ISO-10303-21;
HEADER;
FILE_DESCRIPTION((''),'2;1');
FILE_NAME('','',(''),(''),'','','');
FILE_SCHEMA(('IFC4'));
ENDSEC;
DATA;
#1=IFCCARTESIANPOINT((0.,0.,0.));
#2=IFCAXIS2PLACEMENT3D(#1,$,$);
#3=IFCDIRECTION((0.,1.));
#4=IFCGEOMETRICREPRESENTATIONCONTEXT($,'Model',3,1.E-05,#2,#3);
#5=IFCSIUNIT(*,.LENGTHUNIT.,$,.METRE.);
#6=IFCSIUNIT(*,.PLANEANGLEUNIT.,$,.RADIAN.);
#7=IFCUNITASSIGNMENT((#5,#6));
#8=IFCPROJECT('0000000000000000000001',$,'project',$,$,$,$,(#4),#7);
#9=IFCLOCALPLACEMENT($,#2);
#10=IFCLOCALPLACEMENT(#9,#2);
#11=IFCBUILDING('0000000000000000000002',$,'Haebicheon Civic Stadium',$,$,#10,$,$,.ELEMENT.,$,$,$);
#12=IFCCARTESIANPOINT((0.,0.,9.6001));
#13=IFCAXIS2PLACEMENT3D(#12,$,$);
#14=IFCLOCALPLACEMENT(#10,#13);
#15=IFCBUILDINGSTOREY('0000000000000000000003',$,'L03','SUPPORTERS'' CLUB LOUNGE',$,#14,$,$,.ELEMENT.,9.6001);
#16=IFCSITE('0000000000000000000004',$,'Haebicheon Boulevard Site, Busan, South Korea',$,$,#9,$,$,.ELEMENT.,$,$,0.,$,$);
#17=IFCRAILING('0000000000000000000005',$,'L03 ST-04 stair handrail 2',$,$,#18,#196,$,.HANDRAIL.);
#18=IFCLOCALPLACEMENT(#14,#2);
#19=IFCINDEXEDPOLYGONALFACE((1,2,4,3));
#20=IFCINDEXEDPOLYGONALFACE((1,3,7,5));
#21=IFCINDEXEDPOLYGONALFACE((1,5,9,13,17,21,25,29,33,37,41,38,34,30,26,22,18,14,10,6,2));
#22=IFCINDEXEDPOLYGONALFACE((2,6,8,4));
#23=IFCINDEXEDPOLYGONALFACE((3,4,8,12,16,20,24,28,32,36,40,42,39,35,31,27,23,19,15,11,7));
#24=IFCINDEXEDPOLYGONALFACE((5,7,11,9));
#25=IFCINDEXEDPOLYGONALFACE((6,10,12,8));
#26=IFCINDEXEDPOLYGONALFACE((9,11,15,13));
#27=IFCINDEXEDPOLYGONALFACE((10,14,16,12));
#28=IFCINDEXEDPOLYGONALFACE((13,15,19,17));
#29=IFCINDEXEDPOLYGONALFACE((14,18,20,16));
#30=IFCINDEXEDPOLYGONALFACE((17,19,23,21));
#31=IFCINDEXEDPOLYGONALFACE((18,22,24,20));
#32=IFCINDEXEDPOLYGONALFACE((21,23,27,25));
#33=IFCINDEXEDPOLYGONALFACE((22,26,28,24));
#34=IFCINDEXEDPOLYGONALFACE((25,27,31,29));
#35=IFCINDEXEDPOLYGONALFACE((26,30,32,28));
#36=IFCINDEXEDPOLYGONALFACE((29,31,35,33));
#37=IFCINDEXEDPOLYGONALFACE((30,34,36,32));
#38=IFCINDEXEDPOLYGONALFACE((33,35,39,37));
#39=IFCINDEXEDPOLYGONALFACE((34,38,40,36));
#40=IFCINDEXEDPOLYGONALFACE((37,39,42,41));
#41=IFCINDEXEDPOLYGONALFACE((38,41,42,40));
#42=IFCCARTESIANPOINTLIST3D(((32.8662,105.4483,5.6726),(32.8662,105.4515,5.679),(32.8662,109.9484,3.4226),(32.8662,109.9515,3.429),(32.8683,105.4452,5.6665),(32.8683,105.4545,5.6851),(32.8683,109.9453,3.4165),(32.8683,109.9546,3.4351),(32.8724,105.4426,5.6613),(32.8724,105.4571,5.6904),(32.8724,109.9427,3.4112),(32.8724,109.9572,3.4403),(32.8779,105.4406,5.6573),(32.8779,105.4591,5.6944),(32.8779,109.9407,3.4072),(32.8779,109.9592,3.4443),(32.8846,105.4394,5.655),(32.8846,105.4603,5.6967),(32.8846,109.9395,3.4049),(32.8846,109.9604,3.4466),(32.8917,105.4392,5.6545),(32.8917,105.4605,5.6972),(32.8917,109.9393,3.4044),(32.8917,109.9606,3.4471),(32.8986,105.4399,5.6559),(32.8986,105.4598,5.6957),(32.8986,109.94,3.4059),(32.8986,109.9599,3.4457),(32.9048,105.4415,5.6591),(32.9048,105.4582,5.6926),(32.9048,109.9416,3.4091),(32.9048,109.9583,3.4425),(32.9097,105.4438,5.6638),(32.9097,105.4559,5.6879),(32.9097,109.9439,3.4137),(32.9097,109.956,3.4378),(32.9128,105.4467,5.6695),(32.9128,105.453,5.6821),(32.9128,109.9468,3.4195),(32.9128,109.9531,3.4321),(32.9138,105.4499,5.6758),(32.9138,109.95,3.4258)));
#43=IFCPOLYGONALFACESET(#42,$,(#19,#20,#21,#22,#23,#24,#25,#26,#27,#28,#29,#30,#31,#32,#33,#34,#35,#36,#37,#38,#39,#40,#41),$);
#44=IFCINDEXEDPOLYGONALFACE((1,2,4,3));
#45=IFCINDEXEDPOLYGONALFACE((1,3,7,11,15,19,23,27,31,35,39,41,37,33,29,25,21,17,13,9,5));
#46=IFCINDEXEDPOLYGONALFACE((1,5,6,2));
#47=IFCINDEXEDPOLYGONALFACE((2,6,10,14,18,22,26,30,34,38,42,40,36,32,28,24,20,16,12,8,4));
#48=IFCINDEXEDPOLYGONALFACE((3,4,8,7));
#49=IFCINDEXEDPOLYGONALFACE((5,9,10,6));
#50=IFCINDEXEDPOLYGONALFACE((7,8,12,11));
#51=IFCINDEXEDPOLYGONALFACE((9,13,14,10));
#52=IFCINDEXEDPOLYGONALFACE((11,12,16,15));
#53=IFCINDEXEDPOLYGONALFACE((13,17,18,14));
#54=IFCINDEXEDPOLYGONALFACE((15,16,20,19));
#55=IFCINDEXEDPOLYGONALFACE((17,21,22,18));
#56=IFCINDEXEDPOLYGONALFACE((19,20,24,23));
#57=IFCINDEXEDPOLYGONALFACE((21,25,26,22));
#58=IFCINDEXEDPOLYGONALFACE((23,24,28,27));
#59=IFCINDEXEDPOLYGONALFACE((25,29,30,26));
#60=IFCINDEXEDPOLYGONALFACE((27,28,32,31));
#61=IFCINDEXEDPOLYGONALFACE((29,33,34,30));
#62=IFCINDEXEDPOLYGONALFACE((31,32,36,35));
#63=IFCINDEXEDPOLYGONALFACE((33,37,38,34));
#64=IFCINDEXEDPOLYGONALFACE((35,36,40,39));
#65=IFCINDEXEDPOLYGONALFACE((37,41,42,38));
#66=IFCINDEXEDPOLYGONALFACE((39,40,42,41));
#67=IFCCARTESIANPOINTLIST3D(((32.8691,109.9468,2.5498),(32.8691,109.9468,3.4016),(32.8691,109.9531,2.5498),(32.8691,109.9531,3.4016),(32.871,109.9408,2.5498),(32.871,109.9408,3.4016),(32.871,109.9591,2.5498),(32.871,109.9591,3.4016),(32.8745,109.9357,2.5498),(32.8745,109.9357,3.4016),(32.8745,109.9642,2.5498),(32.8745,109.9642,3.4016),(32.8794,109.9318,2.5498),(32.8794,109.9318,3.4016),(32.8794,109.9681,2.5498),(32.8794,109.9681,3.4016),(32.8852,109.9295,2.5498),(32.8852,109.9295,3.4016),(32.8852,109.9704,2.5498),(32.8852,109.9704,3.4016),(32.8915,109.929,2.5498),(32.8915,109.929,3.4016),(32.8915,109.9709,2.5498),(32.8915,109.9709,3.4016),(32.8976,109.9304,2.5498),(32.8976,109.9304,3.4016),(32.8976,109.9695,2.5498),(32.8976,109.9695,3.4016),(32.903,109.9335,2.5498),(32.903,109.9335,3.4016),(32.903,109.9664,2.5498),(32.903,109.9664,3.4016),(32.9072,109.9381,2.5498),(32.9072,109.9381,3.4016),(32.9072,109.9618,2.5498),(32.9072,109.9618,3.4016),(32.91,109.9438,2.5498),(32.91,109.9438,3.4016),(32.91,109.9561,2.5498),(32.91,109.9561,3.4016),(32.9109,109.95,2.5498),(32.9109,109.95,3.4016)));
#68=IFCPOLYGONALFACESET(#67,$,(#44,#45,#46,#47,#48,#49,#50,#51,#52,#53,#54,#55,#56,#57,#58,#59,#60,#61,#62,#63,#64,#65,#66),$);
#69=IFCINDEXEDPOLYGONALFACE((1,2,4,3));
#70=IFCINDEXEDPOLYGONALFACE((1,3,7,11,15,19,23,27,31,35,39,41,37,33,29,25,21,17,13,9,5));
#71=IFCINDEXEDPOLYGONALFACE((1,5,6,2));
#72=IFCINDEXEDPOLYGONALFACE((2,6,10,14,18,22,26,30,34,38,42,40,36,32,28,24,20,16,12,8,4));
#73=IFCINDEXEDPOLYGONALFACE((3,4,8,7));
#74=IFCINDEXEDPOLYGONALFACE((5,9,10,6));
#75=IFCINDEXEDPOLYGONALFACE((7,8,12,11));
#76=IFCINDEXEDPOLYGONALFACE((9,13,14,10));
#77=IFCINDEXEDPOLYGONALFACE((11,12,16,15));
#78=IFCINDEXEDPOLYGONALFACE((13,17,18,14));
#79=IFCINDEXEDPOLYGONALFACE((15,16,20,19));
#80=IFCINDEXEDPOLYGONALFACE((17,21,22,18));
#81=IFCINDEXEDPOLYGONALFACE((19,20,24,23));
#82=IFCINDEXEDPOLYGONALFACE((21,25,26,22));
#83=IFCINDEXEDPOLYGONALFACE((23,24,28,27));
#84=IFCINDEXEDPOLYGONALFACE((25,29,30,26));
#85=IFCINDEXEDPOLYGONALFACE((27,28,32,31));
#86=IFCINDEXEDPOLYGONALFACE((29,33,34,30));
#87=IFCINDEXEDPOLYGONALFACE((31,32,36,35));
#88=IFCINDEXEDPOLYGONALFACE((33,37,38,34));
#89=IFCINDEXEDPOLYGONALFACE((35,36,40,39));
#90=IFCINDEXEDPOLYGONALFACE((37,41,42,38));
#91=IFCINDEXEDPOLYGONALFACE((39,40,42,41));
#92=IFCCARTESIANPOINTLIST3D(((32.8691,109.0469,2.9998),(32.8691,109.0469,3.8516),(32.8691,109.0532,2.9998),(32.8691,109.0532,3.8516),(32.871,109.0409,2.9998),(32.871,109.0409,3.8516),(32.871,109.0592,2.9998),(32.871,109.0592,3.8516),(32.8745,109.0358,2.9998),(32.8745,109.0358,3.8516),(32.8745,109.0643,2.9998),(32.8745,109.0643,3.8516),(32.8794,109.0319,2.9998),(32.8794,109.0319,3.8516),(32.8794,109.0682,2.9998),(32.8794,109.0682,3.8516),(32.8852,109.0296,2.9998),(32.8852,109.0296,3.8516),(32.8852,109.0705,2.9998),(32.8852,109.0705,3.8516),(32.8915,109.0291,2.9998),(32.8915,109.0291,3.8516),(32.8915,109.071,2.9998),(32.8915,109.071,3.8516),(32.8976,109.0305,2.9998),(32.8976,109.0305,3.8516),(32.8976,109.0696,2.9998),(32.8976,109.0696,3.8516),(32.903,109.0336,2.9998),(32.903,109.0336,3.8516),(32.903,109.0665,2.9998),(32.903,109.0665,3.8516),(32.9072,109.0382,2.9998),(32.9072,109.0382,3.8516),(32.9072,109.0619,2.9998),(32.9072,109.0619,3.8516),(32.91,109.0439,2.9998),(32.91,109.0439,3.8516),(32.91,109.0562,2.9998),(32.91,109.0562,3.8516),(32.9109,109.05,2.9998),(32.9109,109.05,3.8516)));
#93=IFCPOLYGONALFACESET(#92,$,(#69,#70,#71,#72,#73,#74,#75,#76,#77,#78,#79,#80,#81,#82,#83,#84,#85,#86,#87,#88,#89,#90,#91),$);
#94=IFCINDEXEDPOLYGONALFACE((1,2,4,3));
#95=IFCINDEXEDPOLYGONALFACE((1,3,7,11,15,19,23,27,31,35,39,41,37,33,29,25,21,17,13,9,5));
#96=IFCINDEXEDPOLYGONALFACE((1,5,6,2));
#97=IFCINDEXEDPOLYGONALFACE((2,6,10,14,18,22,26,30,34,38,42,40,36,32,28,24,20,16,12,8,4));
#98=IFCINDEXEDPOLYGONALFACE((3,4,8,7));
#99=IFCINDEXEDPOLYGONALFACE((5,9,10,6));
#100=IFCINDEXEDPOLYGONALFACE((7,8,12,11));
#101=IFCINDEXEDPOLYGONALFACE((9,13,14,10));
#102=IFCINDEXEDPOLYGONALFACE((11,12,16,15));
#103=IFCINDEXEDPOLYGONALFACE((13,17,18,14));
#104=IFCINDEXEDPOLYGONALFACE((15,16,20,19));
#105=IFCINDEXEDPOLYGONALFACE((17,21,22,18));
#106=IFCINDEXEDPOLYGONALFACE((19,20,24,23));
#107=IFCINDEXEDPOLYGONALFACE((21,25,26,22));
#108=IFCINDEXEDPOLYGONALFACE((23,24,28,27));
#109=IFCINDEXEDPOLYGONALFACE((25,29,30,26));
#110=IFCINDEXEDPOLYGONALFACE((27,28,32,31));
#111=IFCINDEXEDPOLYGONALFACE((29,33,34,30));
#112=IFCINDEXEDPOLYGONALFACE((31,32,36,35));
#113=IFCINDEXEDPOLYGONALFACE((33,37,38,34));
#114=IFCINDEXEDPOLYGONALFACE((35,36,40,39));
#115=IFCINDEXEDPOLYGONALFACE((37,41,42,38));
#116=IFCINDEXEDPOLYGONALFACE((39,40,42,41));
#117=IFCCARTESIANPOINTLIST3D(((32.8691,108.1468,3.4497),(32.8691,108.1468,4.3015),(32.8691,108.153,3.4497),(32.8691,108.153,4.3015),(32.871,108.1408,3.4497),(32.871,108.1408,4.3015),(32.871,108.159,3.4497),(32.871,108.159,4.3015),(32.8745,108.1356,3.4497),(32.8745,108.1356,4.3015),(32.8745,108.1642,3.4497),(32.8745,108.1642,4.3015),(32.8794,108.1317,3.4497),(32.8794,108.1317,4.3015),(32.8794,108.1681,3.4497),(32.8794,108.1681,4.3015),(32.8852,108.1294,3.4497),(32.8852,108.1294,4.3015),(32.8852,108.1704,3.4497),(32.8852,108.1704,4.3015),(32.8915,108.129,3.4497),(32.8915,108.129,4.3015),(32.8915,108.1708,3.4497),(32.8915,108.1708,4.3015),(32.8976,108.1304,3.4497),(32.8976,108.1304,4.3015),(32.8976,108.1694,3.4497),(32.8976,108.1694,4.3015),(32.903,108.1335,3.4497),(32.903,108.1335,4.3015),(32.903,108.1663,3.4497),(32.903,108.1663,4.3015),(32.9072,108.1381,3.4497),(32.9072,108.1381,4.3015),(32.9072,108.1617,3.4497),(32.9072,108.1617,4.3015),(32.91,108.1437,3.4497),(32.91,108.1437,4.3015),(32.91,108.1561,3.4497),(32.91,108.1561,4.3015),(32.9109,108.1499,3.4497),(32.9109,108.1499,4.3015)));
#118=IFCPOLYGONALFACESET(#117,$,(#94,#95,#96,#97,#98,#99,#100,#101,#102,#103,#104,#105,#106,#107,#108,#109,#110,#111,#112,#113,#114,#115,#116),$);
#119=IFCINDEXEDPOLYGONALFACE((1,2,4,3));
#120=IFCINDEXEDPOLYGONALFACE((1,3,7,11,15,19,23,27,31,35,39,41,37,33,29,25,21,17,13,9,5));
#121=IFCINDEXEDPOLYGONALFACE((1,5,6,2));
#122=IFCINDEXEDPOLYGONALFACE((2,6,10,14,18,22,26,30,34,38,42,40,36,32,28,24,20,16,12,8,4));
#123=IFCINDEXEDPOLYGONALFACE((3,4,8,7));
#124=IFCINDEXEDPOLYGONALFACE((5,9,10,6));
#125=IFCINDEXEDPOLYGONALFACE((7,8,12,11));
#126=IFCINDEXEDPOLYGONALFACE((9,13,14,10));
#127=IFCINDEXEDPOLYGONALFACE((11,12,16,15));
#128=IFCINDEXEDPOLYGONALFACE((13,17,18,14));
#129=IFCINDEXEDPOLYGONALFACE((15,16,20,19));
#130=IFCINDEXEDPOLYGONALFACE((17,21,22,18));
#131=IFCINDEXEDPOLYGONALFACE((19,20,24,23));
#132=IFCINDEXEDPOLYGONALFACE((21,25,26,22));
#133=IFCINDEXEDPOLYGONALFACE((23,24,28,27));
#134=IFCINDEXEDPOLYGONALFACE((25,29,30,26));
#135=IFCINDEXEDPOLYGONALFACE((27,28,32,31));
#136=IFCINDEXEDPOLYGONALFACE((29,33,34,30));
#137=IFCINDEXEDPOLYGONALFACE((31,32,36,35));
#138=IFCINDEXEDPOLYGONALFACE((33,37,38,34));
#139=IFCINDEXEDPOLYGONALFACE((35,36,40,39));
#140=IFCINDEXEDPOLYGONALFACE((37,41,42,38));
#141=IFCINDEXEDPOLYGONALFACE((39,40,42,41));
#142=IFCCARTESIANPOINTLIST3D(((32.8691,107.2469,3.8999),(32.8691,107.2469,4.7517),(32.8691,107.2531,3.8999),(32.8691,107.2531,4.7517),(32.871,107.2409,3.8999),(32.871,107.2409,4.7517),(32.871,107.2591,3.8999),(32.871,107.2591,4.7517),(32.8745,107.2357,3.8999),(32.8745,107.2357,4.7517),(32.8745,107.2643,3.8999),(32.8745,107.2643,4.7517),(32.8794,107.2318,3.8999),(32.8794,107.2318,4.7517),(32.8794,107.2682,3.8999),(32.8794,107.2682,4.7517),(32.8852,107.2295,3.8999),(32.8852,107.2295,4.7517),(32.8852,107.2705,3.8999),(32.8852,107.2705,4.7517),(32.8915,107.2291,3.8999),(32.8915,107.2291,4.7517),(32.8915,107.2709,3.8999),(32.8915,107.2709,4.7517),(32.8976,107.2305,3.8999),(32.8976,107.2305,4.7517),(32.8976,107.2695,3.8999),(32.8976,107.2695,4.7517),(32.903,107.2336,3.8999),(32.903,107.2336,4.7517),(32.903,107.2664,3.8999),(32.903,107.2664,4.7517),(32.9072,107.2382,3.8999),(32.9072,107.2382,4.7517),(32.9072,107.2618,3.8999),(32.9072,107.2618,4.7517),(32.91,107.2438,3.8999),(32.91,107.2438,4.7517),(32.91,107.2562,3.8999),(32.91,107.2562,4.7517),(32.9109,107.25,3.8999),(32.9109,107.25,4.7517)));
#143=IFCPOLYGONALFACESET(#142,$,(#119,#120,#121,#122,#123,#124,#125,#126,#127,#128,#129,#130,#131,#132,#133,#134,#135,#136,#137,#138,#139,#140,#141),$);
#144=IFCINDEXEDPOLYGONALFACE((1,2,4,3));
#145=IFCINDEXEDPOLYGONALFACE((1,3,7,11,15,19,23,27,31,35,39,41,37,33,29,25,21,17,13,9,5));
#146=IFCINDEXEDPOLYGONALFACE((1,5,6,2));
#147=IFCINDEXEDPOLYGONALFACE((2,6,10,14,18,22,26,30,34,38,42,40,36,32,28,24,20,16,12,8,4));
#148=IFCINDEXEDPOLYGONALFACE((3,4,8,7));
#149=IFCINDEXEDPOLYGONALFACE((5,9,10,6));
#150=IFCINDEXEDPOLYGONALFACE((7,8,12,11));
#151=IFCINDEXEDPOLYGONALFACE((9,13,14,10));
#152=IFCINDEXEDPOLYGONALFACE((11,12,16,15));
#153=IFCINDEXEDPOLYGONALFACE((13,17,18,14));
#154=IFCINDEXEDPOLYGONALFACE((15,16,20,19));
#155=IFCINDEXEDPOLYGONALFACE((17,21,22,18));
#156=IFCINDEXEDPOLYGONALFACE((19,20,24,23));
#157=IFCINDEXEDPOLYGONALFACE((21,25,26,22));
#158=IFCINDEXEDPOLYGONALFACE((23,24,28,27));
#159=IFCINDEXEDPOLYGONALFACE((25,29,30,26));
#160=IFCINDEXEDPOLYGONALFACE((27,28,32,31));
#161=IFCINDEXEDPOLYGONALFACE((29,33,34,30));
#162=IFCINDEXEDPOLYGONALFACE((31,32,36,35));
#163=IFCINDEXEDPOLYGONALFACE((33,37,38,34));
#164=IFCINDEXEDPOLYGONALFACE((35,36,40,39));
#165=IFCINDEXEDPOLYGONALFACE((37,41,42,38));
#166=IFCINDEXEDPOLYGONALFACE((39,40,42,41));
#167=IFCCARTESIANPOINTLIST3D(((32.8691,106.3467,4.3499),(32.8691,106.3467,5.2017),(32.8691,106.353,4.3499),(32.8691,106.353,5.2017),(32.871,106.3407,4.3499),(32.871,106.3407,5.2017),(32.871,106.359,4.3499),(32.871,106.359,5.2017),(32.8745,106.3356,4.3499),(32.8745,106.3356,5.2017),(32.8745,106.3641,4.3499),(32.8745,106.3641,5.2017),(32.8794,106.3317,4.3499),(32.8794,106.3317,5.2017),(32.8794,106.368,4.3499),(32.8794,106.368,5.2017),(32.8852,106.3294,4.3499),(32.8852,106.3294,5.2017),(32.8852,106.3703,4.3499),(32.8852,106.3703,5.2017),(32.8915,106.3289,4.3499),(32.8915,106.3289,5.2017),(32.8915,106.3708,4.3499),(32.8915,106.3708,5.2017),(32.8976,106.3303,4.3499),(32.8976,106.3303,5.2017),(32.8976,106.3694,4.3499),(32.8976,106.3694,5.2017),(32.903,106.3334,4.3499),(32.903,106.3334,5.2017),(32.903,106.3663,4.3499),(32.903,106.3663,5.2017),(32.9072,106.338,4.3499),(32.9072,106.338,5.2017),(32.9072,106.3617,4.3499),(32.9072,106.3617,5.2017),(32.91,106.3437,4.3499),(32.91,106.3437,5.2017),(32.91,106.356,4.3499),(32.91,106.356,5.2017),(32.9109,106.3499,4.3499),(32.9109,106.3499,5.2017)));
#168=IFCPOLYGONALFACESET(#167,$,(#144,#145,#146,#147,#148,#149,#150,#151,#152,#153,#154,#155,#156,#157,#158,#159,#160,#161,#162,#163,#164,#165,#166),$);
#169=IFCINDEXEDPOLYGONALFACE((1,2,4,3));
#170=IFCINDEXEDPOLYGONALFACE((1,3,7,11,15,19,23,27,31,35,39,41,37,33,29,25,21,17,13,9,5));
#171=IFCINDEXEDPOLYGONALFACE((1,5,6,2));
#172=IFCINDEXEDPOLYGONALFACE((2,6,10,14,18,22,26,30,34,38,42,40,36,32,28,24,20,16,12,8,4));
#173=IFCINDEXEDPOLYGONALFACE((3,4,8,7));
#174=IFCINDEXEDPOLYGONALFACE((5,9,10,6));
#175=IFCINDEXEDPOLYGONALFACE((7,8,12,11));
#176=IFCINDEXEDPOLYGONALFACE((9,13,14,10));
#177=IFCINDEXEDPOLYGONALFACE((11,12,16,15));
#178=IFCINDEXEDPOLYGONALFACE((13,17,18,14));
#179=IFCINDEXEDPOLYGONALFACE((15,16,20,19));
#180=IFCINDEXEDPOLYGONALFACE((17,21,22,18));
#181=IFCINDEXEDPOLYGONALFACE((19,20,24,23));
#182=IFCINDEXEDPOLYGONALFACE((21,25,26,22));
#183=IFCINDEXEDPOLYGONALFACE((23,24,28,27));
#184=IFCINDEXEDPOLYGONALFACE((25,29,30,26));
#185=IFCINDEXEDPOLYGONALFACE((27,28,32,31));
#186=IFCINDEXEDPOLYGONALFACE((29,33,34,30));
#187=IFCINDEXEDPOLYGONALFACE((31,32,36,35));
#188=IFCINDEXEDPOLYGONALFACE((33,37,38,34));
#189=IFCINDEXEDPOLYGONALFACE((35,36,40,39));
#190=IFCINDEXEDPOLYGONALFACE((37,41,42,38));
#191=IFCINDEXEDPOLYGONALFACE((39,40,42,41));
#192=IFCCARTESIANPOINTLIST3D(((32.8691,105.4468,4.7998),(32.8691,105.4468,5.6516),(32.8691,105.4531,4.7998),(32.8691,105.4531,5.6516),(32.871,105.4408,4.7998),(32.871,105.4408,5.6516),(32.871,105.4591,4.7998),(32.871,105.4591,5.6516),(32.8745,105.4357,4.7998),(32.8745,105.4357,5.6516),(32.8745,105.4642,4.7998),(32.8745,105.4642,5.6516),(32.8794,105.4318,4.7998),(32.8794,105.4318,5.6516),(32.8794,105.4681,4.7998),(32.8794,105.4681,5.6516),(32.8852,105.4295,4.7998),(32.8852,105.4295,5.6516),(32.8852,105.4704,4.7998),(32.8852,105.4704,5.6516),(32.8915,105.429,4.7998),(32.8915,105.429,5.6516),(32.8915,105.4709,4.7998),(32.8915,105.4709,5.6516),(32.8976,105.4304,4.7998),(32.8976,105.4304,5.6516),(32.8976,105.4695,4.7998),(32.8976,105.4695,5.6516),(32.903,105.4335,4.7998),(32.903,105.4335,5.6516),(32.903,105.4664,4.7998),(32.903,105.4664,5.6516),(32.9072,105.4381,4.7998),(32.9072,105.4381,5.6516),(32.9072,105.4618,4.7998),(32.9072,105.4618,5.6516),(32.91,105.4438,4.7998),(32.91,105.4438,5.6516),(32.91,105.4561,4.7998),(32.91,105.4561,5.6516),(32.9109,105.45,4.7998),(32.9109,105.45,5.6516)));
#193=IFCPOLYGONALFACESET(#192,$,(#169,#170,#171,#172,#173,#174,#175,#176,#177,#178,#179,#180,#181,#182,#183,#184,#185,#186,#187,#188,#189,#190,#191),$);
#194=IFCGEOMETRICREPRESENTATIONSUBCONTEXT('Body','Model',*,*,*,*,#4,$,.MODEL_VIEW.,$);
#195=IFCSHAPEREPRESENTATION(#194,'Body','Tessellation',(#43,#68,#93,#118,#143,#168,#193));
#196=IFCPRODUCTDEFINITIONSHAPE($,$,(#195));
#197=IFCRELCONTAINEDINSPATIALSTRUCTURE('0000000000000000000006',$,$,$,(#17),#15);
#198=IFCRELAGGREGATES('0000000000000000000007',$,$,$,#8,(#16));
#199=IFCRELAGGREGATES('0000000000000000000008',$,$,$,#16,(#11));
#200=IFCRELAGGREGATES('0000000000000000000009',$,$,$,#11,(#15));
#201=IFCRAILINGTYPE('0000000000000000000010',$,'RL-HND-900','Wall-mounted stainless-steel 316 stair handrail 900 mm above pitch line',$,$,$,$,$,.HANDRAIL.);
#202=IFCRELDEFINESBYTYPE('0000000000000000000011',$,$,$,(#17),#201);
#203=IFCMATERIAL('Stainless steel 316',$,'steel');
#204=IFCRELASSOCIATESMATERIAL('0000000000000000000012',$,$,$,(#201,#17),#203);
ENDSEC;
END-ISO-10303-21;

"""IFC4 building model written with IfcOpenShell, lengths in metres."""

from ifc_helpers import new_model, si_unit, direction, frame, origin, origin_2d, place, context, subcontext, project, spatial, circle, extrude, material, type_object, element, save


model = new_model("IFC4")

# Units and contexts
model_context = context("Model", 3, precision=1e-05, world=origin(), true_north=direction((0.0, 1.0)))
body_context = subcontext(model_context, "Body", "Model", "MODEL_VIEW")
ifc_project = project(units=[si_unit("LENGTHUNIT", "METRE"), si_unit("PLANEANGLEUNIT", "RADIAN")], contexts=[model_context])

# Site, building, storey
site_placement = place(None, origin())
site = spatial("IfcSite", under=ifc_project, at=site_placement, Name="Haebicheon Boulevard Site, Busan, South Korea", CompositionType="ELEMENT", RefElevation=0.0)
building_placement = place(site_placement, origin())
building = spatial("IfcBuilding", under=site, at=building_placement, Name="Haebicheon Civic Stadium", CompositionType="ELEMENT")
storey_placement = place(building_placement, frame((0.0, 0.0, 9.6001)))
storey = spatial("IfcBuildingStorey", under=building, at=storey_placement, Name="L03", Description="SUPPORTERS' CLUB LOUNGE", CompositionType="ELEMENT", Elevation=9.6001)

# Railing
ifc_material_1 = material(Name="Stainless steel 316", Category="steel")
railing_type_1 = type_object("IfcRailingType", Name="RL-HND-900", Description="Wall-mounted stainless-steel 316 stair handrail 900 mm above pitch line", PredefinedType="HANDRAIL", material=ifc_material_1)
railing_1_placement = place(storey_placement, frame((32.8899, 109.95, 2.5498)))
element("IfcRailing", 1, at=railing_1_placement, inside=storey, type_object=railing_type_1, material=ifc_material_1, Name="L03 ST-04 stair handrail 2", PredefinedType="HANDRAIL", context=body_context, shape_type="SweptSolid", body=[
    extrude(circle(Radius=0.0239, at=origin_2d()), frame((0.0, 0.0, 0.876), z_axis=(0.0, -0.894427, 0.447214), x_axis=(1.0, 0.0, 0.0)), (0.0, 0.0, 1.0), 5.0312),
    extrude(circle(Radius=0.021, at=origin_2d()), origin(), (0.0, 0.0, 1.0), 0.8518),
    extrude(circle(Radius=0.021, at=origin_2d()), frame((0.0, -0.8999, 0.45)), (0.0, 0.0, 1.0), 0.8518),
    extrude(circle(Radius=0.021, at=origin_2d()), frame((0.0, -1.8, 0.8999)), (0.0, 0.0, 1.0), 0.8518),
    extrude(circle(Radius=0.021, at=origin_2d()), frame((0.0, -2.7, 1.3501)), (0.0, 0.0, 1.0), 0.8518),
    extrude(circle(Radius=0.021, at=origin_2d()), frame((0.0, -3.6001, 1.8)), (0.0, 0.0, 1.0), 0.8518),
    extrude(circle(Radius=0.021, at=origin_2d()), frame((0.0, -4.5, 2.25)), (0.0, 0.0, 1.0), 0.8518),
])

save(model, "model.ifc")
